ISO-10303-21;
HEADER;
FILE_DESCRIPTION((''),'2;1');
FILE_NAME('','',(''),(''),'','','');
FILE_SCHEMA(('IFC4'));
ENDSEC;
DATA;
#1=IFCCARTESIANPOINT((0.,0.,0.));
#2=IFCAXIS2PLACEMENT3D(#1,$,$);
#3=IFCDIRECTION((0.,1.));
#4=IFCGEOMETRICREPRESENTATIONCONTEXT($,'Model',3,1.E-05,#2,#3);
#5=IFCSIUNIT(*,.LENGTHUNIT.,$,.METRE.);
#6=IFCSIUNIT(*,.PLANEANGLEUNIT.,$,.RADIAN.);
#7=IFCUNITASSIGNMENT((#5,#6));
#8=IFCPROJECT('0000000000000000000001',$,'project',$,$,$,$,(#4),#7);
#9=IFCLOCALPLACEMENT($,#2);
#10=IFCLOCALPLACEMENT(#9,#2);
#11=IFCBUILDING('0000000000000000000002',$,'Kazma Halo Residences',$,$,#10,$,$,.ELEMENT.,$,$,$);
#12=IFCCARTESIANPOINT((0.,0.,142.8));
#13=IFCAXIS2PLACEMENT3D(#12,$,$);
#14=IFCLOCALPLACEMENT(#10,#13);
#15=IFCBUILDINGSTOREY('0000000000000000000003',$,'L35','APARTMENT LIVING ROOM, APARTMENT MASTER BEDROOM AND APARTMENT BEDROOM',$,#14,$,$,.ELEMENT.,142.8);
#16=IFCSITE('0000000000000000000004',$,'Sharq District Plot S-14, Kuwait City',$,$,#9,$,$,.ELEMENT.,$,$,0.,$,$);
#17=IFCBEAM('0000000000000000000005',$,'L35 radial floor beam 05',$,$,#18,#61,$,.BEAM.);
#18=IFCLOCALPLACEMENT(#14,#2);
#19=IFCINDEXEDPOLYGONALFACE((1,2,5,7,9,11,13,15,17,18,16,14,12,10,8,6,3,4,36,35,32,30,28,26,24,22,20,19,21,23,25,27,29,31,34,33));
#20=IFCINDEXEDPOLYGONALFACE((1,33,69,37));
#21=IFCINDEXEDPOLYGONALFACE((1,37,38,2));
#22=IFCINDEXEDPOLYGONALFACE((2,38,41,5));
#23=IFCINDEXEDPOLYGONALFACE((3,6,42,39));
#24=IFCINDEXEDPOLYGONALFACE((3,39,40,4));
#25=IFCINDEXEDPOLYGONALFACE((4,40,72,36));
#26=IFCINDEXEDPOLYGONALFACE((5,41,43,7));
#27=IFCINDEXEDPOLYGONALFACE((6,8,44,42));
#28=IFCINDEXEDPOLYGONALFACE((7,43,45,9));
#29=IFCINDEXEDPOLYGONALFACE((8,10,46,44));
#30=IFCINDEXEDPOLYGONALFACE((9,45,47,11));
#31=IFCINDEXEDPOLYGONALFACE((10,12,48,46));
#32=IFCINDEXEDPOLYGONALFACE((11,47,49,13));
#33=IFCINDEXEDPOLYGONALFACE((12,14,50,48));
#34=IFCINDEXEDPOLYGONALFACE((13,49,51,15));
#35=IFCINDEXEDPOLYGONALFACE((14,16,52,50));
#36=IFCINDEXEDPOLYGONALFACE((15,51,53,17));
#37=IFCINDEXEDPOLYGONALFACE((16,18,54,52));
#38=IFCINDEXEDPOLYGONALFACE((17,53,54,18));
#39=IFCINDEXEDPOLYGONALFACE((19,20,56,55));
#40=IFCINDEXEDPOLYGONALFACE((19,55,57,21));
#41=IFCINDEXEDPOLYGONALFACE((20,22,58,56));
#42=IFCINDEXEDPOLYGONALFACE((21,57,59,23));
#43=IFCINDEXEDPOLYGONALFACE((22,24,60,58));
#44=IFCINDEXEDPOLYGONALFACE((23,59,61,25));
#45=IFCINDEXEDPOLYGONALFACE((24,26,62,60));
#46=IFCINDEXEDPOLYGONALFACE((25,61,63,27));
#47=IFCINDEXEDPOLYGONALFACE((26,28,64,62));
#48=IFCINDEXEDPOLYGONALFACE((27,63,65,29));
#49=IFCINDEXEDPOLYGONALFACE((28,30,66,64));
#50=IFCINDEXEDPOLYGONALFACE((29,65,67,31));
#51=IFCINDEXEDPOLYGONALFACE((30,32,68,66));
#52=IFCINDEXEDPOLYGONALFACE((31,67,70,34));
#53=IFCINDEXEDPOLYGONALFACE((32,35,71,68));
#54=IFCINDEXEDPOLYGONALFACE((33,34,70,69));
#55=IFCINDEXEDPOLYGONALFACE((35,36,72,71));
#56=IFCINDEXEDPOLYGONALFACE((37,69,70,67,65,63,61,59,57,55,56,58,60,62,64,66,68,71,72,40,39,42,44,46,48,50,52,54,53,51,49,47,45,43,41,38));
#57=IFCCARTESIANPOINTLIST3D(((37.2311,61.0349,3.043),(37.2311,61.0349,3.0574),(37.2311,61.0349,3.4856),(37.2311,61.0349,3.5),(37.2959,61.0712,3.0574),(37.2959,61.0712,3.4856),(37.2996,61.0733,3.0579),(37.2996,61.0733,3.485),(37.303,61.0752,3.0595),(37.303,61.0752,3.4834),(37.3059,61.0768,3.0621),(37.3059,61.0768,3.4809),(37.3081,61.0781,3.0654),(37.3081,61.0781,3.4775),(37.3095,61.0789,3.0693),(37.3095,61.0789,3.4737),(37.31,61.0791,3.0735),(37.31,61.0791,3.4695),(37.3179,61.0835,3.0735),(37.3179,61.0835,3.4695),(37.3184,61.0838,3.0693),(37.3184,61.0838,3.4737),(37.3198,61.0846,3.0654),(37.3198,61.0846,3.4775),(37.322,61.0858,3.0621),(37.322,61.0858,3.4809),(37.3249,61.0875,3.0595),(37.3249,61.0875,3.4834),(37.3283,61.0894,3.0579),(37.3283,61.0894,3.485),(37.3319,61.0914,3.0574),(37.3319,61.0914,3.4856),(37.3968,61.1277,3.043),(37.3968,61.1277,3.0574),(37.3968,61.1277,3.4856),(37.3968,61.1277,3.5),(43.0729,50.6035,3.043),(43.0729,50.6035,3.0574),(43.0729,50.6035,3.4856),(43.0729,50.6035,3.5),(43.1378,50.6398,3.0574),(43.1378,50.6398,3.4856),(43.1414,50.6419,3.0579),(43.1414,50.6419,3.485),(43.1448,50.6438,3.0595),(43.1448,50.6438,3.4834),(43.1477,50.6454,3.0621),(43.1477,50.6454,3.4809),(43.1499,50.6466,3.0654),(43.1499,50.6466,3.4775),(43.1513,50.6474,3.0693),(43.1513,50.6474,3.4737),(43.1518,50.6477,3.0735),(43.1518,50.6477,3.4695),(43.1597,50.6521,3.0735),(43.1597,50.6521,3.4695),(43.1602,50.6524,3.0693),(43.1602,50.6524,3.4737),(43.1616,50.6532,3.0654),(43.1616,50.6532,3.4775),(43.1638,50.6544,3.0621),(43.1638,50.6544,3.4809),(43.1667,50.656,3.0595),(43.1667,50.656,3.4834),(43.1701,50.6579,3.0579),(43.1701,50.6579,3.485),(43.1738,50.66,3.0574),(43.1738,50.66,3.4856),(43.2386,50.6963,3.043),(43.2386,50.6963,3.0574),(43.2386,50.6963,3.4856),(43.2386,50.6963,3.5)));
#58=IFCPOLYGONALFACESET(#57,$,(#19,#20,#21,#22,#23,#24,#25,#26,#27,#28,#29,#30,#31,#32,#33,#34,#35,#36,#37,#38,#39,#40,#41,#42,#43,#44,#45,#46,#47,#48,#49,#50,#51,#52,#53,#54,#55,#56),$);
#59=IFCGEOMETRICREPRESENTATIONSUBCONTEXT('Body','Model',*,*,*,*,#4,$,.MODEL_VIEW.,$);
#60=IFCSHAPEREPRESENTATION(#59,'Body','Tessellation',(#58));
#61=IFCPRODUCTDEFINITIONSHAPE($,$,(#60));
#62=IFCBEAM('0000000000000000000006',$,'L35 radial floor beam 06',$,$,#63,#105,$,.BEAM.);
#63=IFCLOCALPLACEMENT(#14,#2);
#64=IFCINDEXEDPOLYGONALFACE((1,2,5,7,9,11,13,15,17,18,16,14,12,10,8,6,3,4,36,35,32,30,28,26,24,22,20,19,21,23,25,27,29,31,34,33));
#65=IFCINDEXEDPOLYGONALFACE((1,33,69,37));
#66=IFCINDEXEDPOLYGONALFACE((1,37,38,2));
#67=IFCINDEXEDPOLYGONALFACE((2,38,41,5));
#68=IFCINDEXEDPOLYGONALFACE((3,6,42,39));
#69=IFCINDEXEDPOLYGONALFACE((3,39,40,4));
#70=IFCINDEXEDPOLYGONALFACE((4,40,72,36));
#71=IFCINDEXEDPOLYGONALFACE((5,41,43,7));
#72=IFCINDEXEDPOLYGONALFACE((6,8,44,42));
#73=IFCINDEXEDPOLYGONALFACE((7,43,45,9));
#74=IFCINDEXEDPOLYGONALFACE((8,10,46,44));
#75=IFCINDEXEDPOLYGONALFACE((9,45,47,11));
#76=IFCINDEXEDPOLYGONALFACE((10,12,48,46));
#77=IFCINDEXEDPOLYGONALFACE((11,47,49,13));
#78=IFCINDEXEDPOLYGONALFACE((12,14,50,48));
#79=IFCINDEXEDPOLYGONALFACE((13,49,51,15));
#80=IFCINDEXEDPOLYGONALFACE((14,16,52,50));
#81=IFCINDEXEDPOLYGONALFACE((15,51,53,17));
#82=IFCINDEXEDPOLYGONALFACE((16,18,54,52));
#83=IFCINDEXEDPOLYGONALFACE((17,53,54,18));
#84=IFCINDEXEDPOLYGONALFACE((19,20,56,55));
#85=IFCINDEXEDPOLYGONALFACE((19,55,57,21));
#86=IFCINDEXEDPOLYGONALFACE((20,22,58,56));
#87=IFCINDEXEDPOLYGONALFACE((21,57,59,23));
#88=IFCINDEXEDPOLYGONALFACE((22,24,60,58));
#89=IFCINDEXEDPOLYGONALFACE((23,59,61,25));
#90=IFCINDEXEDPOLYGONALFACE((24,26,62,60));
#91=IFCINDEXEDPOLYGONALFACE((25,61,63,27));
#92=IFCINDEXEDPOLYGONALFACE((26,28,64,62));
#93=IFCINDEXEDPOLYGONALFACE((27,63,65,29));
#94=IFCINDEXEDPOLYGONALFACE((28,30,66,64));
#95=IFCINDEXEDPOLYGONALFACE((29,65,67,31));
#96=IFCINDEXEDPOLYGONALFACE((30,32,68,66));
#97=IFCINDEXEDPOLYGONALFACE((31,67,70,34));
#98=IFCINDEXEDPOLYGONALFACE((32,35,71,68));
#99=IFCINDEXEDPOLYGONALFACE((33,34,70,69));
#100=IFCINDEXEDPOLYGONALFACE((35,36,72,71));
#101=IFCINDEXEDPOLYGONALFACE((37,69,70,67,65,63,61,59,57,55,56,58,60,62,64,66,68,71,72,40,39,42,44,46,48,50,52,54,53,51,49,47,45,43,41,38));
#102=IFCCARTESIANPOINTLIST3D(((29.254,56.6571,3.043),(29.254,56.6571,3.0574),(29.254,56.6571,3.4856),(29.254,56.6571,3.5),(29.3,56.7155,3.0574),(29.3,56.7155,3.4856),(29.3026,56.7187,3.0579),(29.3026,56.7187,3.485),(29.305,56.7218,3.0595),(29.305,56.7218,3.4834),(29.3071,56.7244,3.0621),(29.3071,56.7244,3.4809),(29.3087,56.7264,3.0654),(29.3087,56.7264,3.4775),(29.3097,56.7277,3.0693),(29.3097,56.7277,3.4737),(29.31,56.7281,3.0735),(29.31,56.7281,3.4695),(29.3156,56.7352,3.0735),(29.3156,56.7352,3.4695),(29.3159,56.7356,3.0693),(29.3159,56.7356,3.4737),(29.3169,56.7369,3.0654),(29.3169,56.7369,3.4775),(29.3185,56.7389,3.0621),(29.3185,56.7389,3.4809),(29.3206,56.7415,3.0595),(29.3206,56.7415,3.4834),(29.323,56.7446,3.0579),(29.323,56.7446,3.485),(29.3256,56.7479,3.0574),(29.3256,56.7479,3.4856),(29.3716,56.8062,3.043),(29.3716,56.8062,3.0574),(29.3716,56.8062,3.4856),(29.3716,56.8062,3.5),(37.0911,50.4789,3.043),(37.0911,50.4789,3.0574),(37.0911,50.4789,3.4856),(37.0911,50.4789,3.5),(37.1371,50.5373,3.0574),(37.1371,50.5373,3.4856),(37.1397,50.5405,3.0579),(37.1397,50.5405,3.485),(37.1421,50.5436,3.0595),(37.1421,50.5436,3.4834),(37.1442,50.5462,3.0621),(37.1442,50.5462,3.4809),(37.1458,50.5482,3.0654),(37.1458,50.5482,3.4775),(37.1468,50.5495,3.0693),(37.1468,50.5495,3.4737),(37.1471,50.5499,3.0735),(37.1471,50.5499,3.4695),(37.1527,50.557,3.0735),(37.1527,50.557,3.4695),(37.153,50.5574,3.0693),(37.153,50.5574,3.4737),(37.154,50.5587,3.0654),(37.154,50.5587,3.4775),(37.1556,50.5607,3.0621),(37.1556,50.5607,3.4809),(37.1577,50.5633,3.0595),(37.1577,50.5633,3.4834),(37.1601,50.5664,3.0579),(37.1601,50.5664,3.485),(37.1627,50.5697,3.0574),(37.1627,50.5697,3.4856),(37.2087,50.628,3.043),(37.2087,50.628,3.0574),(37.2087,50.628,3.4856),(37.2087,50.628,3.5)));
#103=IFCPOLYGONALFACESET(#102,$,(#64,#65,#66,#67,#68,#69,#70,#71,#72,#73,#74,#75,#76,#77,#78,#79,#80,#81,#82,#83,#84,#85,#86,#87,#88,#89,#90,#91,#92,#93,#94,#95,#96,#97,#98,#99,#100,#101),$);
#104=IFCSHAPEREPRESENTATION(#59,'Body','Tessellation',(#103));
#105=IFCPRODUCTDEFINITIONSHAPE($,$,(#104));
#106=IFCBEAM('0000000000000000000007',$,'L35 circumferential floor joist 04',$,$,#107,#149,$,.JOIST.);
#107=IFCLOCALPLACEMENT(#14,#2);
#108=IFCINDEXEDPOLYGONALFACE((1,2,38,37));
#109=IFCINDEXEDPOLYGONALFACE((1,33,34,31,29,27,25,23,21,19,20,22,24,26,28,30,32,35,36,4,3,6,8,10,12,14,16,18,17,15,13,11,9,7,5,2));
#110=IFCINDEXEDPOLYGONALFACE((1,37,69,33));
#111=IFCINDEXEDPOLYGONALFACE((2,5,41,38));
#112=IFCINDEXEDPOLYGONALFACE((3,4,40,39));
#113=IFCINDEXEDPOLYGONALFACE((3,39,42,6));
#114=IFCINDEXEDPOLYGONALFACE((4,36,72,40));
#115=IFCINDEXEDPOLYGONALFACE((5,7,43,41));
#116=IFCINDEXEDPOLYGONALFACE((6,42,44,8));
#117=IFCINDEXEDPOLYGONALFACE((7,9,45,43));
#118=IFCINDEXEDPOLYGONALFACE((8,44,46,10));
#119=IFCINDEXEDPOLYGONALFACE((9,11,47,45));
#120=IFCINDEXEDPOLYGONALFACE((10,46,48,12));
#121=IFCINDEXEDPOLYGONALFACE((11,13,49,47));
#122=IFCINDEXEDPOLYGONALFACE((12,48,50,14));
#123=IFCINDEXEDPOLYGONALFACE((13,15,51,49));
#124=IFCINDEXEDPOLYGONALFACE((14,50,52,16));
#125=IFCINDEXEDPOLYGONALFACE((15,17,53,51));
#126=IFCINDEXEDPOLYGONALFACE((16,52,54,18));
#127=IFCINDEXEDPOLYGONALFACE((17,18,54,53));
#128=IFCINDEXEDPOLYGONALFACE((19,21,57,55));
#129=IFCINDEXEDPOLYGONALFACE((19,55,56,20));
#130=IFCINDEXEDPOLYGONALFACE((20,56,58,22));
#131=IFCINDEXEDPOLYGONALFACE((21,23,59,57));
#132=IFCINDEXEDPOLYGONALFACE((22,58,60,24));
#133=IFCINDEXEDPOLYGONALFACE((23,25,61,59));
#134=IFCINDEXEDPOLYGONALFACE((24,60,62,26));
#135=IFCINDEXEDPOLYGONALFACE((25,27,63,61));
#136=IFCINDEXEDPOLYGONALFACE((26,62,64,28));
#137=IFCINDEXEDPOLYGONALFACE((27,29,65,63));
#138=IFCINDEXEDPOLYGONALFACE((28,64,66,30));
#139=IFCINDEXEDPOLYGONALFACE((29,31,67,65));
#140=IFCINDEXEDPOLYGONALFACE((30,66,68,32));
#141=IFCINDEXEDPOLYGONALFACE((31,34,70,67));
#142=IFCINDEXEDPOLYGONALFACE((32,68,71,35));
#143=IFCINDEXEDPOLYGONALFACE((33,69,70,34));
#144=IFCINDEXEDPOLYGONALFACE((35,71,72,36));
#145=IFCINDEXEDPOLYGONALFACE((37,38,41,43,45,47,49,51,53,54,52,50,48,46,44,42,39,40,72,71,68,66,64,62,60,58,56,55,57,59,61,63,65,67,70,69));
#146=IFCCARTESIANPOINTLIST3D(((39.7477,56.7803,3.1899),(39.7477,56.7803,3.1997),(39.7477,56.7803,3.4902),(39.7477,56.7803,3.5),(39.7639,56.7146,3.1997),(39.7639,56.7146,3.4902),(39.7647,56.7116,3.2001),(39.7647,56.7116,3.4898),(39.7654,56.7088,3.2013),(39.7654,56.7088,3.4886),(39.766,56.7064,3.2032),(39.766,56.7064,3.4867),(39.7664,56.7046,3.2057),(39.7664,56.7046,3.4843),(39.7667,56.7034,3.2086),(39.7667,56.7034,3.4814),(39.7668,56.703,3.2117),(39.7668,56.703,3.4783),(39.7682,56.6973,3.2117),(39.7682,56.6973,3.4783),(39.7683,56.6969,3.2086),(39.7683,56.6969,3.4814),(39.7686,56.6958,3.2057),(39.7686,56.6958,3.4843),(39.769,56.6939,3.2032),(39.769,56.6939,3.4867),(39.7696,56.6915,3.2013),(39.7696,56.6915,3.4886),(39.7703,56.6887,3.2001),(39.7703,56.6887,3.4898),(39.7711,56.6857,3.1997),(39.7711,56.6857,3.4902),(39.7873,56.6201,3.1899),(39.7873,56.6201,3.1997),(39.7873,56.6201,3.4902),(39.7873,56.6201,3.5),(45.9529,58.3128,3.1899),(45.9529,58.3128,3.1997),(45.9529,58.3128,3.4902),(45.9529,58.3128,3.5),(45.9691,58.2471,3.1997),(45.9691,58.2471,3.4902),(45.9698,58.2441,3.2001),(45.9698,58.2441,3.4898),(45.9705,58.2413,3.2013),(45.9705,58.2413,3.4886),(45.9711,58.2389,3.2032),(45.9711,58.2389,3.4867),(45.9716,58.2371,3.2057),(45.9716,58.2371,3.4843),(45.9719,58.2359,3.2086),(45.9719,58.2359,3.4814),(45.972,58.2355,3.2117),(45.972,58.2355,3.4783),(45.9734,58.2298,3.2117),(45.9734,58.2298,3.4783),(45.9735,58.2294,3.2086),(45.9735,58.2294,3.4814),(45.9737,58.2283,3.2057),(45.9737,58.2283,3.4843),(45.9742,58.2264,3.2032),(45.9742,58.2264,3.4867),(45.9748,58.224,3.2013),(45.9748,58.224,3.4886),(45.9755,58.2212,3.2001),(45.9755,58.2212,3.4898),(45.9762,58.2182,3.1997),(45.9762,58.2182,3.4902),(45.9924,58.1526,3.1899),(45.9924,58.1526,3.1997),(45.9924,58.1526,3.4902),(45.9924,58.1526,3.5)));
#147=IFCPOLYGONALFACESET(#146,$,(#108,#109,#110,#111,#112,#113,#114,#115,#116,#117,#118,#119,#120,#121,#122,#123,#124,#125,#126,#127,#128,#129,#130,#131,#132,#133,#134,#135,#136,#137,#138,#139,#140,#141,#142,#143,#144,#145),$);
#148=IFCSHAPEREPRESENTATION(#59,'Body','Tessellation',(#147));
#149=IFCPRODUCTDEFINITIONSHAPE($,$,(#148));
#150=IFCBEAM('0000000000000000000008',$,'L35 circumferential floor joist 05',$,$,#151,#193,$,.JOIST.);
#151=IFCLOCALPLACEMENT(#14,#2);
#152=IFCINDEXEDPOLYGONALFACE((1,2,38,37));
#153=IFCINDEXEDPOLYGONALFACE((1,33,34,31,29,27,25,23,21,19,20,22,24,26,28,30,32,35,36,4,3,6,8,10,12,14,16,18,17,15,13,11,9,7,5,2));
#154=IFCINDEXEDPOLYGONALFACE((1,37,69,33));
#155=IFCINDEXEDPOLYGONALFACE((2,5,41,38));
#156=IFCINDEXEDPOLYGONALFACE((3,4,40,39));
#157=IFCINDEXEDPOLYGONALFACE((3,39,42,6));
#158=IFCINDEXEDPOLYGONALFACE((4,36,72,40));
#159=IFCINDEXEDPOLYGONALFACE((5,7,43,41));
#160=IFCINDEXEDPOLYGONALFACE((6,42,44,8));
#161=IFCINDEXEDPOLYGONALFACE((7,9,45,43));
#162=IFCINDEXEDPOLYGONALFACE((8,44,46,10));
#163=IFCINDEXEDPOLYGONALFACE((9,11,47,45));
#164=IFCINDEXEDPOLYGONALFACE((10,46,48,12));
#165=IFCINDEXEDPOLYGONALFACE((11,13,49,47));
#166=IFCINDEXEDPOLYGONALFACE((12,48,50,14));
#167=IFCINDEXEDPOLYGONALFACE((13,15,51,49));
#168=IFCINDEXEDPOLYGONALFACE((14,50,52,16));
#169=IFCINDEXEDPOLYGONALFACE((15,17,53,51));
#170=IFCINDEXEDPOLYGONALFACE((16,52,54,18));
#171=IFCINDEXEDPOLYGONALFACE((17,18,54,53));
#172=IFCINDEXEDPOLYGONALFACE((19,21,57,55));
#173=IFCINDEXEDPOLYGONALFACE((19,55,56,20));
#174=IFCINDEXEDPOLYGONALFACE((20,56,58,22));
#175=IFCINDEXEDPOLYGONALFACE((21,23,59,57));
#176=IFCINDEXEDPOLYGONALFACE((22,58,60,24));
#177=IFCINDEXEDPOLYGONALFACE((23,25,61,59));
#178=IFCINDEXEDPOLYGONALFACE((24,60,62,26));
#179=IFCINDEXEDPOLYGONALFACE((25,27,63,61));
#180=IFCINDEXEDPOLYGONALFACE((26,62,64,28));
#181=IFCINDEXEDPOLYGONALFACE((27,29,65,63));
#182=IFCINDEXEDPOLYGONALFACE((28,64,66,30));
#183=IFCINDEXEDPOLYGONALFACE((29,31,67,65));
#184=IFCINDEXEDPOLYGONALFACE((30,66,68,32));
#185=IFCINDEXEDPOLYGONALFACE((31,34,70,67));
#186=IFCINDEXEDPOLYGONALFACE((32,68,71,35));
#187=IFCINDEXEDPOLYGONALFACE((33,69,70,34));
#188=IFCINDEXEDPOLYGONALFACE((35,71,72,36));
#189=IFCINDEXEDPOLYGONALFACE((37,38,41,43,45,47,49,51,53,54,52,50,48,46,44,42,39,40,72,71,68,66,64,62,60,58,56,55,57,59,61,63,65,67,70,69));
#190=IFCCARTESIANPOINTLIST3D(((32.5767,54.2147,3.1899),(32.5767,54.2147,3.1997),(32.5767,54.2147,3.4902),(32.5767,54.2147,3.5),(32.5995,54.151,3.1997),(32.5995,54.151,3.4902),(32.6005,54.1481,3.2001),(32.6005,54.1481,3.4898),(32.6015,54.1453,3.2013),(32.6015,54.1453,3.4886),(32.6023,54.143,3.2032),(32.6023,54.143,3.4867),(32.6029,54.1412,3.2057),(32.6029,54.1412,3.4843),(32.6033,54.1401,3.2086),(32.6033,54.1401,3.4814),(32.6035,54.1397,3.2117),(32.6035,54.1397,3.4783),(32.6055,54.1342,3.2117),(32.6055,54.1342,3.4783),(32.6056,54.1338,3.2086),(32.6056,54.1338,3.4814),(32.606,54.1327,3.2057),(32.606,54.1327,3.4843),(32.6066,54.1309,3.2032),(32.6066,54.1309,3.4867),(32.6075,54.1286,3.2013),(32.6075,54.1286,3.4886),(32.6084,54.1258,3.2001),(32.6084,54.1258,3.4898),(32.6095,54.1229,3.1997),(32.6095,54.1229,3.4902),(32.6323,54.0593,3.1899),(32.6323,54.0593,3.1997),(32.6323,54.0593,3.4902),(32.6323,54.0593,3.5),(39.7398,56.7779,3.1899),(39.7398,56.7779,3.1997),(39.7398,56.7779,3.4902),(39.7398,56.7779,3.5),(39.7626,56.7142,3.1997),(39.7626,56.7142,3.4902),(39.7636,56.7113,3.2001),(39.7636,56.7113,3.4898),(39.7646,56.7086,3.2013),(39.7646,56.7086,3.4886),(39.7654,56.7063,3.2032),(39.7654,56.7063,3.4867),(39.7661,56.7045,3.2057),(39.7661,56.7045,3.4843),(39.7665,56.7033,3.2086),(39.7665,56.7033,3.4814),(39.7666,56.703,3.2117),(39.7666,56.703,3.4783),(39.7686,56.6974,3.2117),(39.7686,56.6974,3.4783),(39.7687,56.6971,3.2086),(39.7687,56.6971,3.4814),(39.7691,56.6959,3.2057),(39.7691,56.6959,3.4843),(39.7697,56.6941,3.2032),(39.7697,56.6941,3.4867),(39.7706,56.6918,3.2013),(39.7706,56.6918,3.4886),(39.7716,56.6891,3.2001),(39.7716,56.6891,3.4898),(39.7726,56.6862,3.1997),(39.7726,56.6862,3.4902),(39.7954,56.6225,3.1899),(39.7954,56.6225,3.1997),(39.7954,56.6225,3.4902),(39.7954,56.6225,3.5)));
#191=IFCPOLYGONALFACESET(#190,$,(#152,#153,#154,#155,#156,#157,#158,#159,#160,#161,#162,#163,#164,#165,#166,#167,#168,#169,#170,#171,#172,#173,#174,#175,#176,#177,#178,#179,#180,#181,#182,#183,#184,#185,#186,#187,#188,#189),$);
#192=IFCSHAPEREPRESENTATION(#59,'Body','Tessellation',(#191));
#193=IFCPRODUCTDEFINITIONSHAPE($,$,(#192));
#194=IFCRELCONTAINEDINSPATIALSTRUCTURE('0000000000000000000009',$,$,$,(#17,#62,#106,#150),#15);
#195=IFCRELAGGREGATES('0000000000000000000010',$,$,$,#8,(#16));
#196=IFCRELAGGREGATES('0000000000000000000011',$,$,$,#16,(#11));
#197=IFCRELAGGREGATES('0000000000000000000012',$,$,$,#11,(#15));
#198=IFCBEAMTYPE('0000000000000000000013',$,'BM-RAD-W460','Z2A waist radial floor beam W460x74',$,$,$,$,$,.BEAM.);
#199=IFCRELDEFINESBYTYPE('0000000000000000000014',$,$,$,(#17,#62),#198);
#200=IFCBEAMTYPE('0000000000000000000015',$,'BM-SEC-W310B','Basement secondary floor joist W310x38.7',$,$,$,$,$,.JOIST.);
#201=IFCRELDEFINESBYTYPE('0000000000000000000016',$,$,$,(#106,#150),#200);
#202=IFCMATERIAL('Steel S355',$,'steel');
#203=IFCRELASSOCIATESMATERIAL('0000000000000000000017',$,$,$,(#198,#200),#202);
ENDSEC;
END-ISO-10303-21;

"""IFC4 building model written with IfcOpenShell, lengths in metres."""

from ifc_helpers import new_model, si_unit, direction, frame, origin, origin_2d, place, context, subcontext, project, spatial, i_section, extrude, material, material_profile, profile_set, type_object, element, save


model = new_model("IFC4")

# Units and contexts
model_context = context("Model", 3, precision=1e-05, world=origin(), true_north=direction((0.0, 1.0)))
body_context = subcontext(model_context, "Body", "Model", "MODEL_VIEW")
ifc_project = project(units=[si_unit("LENGTHUNIT", "METRE"), si_unit("PLANEANGLEUNIT", "RADIAN")], contexts=[model_context])

# Site, building, storey
site_placement = place(None, origin())
site = spatial("IfcSite", under=ifc_project, at=site_placement, Name="Sharq District Plot S-14, Kuwait City", CompositionType="ELEMENT", RefElevation=0.0)
building_placement = place(site_placement, origin())
building = spatial("IfcBuilding", under=site, at=building_placement, Name="Kazma Halo Residences", CompositionType="ELEMENT")
storey_placement = place(building_placement, frame((0.0, 0.0, 142.8)))
storey = spatial("IfcBuildingStorey", under=building, at=storey_placement, Name="L35", Description="APARTMENT LIVING ROOM, APARTMENT MASTER BEDROOM AND APARTMENT BEDROOM", CompositionType="ELEMENT", Elevation=142.8)

# Beams
ifc_material_1 = material(Name="Steel S355", Category="steel")
ifc_material_profile_1 = material_profile(ifc_material_1, i_section(OverallWidth=0.1899, OverallDepth=0.457, WebThickness=0.009, FlangeThickness=0.0144, FilletRadius=0.0161, at=origin_2d()), Name="W460x74")
ifc_profile_set_1 = profile_set([ifc_material_profile_1], Name="Steel S355")
beam_type_1 = type_object("IfcBeamType", Name="BM-RAD-W460", Description="Z2A waist radial floor beam W460x74", PredefinedType="BEAM", material=ifc_profile_set_1)
beam_1_placement = place(storey_placement, frame((43.1558, 50.6499, 3.2715), z_axis=(-0.488617, 0.872498, 0.0), x_axis=(-0.872498, -0.488617, 0.0)))
element("IfcBeam", 1, at=beam_1_placement, inside=storey, type_object=beam_type_1, Name="L35 radial floor beam 05", PredefinedType="BEAM", context=body_context, shape_type="SweptSolid", body=[
    extrude(i_section(OverallWidth=0.1899, OverallDepth=0.457, WebThickness=0.009, FlangeThickness=0.0144, FilletRadius=0.0161, at=origin_2d()), origin(), (0.0, 0.0, 1.0), 11.9558),
])
beam_2_placement = place(storey_placement, frame((37.1499, 50.5535, 3.2715), z_axis=(-0.785322, 0.619088, 0.0), x_axis=(-0.619088, -0.785322, 0.0)))
element("IfcBeam", 2, at=beam_2_placement, inside=storey, type_object=beam_type_1, Name="L35 radial floor beam 06", PredefinedType="BEAM", context=body_context, shape_type="SweptSolid", body=[
    extrude(i_section(OverallWidth=0.1899, OverallDepth=0.457, WebThickness=0.009, FlangeThickness=0.0144, FilletRadius=0.0161, at=origin_2d()), origin(), (0.0, 0.0, 1.0), 9.9795),
])
ifc_material_profile_2 = material_profile(ifc_material_1, i_section(OverallWidth=0.165, OverallDepth=0.3101, WebThickness=0.0059, FlangeThickness=0.0098, FilletRadius=0.012, at=origin_2d()), Name="W310x38.7")
ifc_profile_set_2 = profile_set([ifc_material_profile_2], Name="Steel S355")
beam_type_2 = type_object("IfcBeamType", Name="BM-SEC-W310B", Description="Basement secondary floor joist W310x38.7", PredefinedType="JOIST", material=ifc_profile_set_2)
beam_3_placement = place(storey_placement, frame((45.9727, 58.2327, 3.345), z_axis=(-0.970831, -0.239766, 0.0), x_axis=(0.239766, -0.970831, 0.0)))
element("IfcBeam", 3, at=beam_3_placement, inside=storey, type_object=beam_type_2, Name="L35 circumferential floor joist 04", PredefinedType="JOIST", context=body_context, shape_type="SweptSolid", body=[
    extrude(i_section(OverallWidth=0.165, OverallDepth=0.3101, WebThickness=0.0059, FlangeThickness=0.0098, FilletRadius=0.012, at=origin_2d()), origin(), (0.0, 0.0, 1.0), 6.3916),
])
beam_4_placement = place(storey_placement, frame((39.7676, 56.7002, 3.345), z_axis=(-0.941534, -0.336918, 0.0), x_axis=(0.336918, -0.941534, 0.0)))
element("IfcBeam", 4, at=beam_4_placement, inside=storey, type_object=beam_type_2, Name="L35 circumferential floor joist 05", PredefinedType="JOIST", context=body_context, shape_type="SweptSolid", body=[
    extrude(i_section(OverallWidth=0.165, OverallDepth=0.3101, WebThickness=0.0059, FlangeThickness=0.0098, FilletRadius=0.012, at=origin_2d()), origin(), (0.0, 0.0, 1.0), 7.6079),
])

save(model, "model.ifc")
